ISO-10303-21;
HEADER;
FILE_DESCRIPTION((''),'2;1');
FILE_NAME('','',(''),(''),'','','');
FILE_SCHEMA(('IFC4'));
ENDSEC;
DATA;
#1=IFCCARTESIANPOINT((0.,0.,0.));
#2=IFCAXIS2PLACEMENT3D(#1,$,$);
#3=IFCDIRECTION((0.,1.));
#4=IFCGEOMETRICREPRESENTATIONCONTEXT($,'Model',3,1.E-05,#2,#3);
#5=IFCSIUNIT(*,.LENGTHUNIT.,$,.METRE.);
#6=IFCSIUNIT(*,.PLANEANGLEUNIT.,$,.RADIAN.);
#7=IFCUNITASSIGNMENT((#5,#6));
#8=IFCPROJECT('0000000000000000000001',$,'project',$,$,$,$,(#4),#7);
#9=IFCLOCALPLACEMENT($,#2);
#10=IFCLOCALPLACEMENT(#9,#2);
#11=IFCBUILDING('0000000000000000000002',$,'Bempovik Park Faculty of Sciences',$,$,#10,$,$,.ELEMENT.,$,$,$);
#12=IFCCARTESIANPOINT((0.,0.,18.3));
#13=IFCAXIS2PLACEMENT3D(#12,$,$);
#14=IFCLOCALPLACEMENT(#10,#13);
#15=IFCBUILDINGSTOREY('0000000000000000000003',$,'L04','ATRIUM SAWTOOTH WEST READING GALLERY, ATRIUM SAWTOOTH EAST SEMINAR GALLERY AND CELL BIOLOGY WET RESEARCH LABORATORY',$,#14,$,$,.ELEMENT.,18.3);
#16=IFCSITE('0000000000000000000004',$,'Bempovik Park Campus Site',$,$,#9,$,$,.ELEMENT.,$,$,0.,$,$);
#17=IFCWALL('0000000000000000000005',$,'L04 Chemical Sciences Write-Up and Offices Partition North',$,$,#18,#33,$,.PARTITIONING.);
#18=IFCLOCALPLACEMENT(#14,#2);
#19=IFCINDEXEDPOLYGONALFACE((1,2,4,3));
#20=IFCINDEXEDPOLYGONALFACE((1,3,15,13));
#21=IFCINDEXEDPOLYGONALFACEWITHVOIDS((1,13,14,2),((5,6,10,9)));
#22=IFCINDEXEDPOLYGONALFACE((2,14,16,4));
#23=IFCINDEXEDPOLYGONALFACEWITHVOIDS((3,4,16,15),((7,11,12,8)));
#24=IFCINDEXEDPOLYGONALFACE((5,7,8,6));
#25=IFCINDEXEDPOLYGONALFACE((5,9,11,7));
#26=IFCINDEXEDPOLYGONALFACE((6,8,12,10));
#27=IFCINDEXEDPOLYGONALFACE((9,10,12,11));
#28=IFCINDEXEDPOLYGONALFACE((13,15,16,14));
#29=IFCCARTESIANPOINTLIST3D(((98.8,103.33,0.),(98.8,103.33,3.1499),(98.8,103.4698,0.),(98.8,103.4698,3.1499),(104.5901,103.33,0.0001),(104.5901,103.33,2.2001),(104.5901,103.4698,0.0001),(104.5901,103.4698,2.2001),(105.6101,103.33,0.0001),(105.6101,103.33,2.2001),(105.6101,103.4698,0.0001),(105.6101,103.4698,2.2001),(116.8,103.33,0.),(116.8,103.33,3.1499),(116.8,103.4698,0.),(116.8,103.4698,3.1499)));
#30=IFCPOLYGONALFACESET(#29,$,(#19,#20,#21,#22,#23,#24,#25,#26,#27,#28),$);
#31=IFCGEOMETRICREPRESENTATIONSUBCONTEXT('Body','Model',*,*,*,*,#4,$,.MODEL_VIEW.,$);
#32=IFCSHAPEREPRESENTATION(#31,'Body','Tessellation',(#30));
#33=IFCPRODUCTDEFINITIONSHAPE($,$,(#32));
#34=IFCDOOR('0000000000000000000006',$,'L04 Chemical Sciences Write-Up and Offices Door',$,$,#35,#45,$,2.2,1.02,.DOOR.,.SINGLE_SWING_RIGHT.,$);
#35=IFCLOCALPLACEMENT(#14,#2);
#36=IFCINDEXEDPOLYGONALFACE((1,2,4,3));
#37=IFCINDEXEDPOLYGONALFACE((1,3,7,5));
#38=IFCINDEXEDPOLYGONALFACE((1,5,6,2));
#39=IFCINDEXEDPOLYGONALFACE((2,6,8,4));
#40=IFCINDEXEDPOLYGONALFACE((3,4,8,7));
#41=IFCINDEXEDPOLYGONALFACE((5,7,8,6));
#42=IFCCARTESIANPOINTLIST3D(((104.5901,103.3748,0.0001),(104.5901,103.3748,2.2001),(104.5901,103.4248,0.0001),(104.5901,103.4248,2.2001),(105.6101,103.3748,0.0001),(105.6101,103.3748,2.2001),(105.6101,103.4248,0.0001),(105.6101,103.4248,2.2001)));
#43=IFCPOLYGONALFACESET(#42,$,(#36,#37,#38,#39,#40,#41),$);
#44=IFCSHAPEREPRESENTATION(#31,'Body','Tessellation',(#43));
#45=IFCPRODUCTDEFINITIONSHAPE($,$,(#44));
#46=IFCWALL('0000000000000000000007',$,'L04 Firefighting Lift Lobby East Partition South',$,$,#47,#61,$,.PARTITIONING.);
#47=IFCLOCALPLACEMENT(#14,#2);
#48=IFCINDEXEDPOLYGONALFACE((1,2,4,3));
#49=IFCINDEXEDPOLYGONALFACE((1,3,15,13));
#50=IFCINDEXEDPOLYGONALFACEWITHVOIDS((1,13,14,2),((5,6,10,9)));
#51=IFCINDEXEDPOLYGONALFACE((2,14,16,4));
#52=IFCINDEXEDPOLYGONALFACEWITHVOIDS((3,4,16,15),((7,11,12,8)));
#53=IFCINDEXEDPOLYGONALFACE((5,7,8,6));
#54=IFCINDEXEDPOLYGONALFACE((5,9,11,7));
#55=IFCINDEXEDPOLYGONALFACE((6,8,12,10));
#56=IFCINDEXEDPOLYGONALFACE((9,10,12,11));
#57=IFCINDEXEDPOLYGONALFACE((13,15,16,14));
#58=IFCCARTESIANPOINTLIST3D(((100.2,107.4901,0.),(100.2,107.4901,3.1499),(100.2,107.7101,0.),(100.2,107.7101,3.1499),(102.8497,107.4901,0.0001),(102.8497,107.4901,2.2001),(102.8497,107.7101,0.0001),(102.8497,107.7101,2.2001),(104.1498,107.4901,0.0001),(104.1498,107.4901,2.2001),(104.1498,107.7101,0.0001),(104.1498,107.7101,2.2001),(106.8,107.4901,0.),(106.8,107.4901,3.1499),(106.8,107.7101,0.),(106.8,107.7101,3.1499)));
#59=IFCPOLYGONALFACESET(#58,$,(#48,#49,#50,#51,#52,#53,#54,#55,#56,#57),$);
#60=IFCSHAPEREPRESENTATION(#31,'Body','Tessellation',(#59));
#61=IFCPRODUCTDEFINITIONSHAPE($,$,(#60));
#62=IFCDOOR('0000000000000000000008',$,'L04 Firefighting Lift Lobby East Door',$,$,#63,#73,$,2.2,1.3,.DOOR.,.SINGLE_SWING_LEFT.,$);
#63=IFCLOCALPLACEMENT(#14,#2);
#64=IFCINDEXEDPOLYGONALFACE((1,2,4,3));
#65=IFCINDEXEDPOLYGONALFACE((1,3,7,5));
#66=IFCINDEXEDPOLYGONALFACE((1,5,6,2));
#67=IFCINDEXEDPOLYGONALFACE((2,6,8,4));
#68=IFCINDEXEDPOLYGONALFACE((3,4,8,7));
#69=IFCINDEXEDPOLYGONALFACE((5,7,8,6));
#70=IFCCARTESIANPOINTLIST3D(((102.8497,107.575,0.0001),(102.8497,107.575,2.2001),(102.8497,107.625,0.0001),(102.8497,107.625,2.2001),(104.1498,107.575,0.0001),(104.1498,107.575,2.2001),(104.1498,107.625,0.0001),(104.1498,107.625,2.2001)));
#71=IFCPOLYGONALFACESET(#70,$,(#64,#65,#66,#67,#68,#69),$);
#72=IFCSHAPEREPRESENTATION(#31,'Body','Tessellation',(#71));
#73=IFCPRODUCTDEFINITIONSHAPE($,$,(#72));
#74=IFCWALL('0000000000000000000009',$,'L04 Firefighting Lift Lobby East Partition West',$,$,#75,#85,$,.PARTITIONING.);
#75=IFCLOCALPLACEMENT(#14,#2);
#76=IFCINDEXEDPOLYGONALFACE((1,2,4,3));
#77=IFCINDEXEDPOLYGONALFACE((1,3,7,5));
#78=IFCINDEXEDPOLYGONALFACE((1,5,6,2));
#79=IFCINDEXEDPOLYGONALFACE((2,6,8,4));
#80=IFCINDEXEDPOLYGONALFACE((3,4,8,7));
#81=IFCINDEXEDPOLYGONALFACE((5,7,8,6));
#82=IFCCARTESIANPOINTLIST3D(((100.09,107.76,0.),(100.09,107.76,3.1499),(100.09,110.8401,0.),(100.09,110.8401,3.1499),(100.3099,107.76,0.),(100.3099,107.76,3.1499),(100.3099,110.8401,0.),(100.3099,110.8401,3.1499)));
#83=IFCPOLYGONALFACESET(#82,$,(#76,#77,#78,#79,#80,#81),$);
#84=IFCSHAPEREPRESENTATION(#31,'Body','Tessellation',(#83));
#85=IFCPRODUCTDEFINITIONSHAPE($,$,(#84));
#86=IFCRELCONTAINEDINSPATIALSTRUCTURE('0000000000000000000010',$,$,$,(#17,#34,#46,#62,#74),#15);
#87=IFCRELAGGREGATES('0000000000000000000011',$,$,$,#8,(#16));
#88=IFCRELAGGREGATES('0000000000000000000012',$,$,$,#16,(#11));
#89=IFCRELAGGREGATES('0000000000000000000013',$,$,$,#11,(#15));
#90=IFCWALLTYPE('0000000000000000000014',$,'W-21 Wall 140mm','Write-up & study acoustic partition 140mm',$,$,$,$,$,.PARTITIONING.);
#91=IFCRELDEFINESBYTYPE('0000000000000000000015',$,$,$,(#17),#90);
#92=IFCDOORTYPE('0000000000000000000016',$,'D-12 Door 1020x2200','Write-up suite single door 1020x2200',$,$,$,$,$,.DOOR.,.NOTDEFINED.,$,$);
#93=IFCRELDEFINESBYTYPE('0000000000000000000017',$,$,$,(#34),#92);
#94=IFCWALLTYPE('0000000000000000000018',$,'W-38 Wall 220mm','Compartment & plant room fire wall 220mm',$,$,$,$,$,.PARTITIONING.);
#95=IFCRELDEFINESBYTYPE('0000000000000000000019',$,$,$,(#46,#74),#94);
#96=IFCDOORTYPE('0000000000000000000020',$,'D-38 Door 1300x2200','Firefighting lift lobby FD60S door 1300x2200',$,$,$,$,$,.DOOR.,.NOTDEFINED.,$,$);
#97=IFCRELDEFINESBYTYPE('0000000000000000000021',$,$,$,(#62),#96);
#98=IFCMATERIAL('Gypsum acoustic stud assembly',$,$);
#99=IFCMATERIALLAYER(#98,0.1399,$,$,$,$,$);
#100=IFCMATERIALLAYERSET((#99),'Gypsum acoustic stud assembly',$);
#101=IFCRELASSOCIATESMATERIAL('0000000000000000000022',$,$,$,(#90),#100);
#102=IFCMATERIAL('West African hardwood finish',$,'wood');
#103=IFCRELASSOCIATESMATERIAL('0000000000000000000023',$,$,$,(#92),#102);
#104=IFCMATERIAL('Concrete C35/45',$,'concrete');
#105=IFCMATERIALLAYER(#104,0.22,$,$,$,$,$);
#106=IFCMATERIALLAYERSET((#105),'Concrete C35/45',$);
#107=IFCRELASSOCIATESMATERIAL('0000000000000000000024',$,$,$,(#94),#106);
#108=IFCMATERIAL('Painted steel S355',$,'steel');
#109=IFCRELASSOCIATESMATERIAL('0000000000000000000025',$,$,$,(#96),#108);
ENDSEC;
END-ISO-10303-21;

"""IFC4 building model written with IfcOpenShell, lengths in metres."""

from ifc_helpers import new_model, si_unit, direction, frame, frame_2d, origin, place, context, subcontext, project, spatial, rectangle, extrude, material, layer, layer_set, type_object, element, fill, save


model = new_model("IFC4")

# Units and contexts
model_context = context("Model", 3, precision=1e-05, world=origin(), true_north=direction((0.0, 1.0)))
body_context = subcontext(model_context, "Body", "Model", "MODEL_VIEW")
ifc_project = project(units=[si_unit("LENGTHUNIT", "METRE"), si_unit("PLANEANGLEUNIT", "RADIAN")], contexts=[model_context])

# Site, building, storey
site_placement = place(None, origin())
site = spatial("IfcSite", under=ifc_project, at=site_placement, Name="Bempovik Park Campus Site", CompositionType="ELEMENT", RefElevation=0.0)
building_placement = place(site_placement, origin())
building = spatial("IfcBuilding", under=site, at=building_placement, Name="Bempovik Park Faculty of Sciences", CompositionType="ELEMENT")
storey_placement = place(building_placement, frame((0.0, 0.0, 18.3)))
storey = spatial("IfcBuildingStorey", under=building, at=storey_placement, Name="L04", Description="ATRIUM SAWTOOTH WEST READING GALLERY, ATRIUM SAWTOOTH EAST SEMINAR GALLERY AND CELL BIOLOGY WET RESEARCH LABORATORY", CompositionType="ELEMENT", Elevation=18.3)

# Shared definitions
ifc_material_1 = material(Name="Concrete C35/45", Category="concrete")

# Walls, openings, doors
ifc_material_2 = material(Name="Gypsum acoustic stud assembly")
ifc_layer_1 = layer(ifc_material_2, 0.1399)
ifc_layer_set_1 = layer_set([ifc_layer_1], Name="Gypsum acoustic stud assembly")
wall_type_1 = type_object("IfcWallType", Name="W-21 Wall 140mm", Description="Write-up & study acoustic partition 140mm", PredefinedType="PARTITIONING", material=ifc_layer_set_1)
wall_1_placement = place(storey_placement, frame((98.8, 103.3999, 0.0), z_axis=(0.0, 0.0, 1.0), x_axis=(1.0, 0.0, 0.0)))
wall_1 = element("IfcWall", 1, at=wall_1_placement, inside=storey, type_object=wall_type_1, Name="L04 Chemical Sciences Write-Up and Offices Partition North", PredefinedType="PARTITIONING", context=body_context, shape_type="SweptSolid", body=[
    extrude(rectangle(XDim=18.0, YDim=0.1399, at=frame_2d((9.0, 0.0))), origin(), (0.0, 0.0, 1.0), 3.1499),
])
opening_1_placement = place(wall_1_placement, frame((5.79, 0.0, 0.0)))
opening_1 = element("IfcOpeningElement", 2, at=opening_1_placement, cuts=wall_1, PredefinedType="OPENING", context=body_context, shape_type="SweptSolid", body=[
    extrude(rectangle(XDim=1.02, YDim=2.2, at=frame_2d((0.51, 1.1001))), frame((0.0, 0.0801, 0.0), z_axis=(0.0, -1.0, 0.0), x_axis=(1.0, 0.0, 0.0)), (0.0, 0.0, 1.0), 0.1599),
])
ifc_material_3 = material(Name="West African hardwood finish", Category="wood")
door_type_1 = type_object("IfcDoorType", Name="D-12 Door 1020x2200", Description="Write-up suite single door 1020x2200", OperationType="NOTDEFINED", PredefinedType="DOOR", material=ifc_material_3)
door_1_placement = place(opening_1_placement, origin())
door_1 = element("IfcDoor", 3, at=door_1_placement, inside=storey, type_object=door_type_1, Name="L04 Chemical Sciences Write-Up and Offices Door", OperationType="SINGLE_SWING_RIGHT", OverallHeight=2.2, OverallWidth=1.02, PredefinedType="DOOR", context=body_context, shape_type="SweptSolid", body=[
    extrude(rectangle(XDim=1.02, YDim=2.2, at=frame_2d((0.51, 1.1001))), frame((0.0, 0.0249, 0.0), z_axis=(0.0, -1.0, 0.0), x_axis=(1.0, 0.0, 0.0)), (0.0, 0.0, 1.0), 0.05),
])
fill(opening_1, door_1)
ifc_layer_2 = layer(ifc_material_1, 0.22)
ifc_layer_set_2 = layer_set([ifc_layer_2], Name="Concrete C35/45")
wall_type_2 = type_object("IfcWallType", Name="W-38 Wall 220mm", Description="Compartment & plant room fire wall 220mm", PredefinedType="PARTITIONING", material=ifc_layer_set_2)
wall_2_placement = place(storey_placement, frame((100.2, 107.6001, 0.0), z_axis=(0.0, 0.0, 1.0), x_axis=(1.0, 0.0, 0.0)))
wall_2 = element("IfcWall", 4, at=wall_2_placement, inside=storey, type_object=wall_type_2, Name="L04 Firefighting Lift Lobby East Partition South", PredefinedType="PARTITIONING", context=body_context, shape_type="SweptSolid", body=[
    extrude(rectangle(XDim=6.6001, YDim=0.22, at=frame_2d((3.3, 0.0))), origin(), (0.0, 0.0, 1.0), 3.1499),
])
opening_2_placement = place(wall_2_placement, frame((2.6499, 0.0, 0.0)))
opening_2 = element("IfcOpeningElement", 5, at=opening_2_placement, cuts=wall_2, PredefinedType="OPENING", context=body_context, shape_type="SweptSolid", body=[
    extrude(rectangle(XDim=1.3, YDim=2.2, at=frame_2d((0.6499, 1.1001))), frame((0.0, 0.1201, 0.0), z_axis=(0.0, -1.0, 0.0), x_axis=(1.0, 0.0, 0.0)), (0.0, 0.0, 1.0), 0.24),
])
ifc_material_4 = material(Name="Painted steel S355", Category="steel")
door_type_2 = type_object("IfcDoorType", Name="D-38 Door 1300x2200", Description="Firefighting lift lobby FD60S door 1300x2200", OperationType="NOTDEFINED", PredefinedType="DOOR", material=ifc_material_4)
door_2_placement = place(opening_2_placement, origin())
door_2 = element("IfcDoor", 6, at=door_2_placement, inside=storey, type_object=door_type_2, Name="L04 Firefighting Lift Lobby East Door", OperationType="SINGLE_SWING_LEFT", OverallHeight=2.2, OverallWidth=1.3, PredefinedType="DOOR", context=body_context, shape_type="SweptSolid", body=[
    extrude(rectangle(XDim=1.3, YDim=2.2, at=frame_2d((0.6499, 1.1001))), frame((0.0, 0.0249, 0.0), z_axis=(0.0, -1.0, 0.0), x_axis=(1.0, 0.0, 0.0)), (0.0, 0.0, 1.0), 0.05),
])
fill(opening_2, door_2)

# Wall
wall_3_placement = place(storey_placement, frame((100.2, 107.76, 0.0), z_axis=(0.0, 0.0, 1.0), x_axis=(0.0, 1.0, 0.0)))
element("IfcWall", 7, at=wall_3_placement, inside=storey, type_object=wall_type_2, Name="L04 Firefighting Lift Lobby East Partition West", PredefinedType="PARTITIONING", context=body_context, shape_type="SweptSolid", body=[
    extrude(rectangle(XDim=3.0801, YDim=0.22, at=frame_2d((1.54, 0.0))), origin(), (0.0, 0.0, 1.0), 3.1499),
])

save(model, "model.ifc")
